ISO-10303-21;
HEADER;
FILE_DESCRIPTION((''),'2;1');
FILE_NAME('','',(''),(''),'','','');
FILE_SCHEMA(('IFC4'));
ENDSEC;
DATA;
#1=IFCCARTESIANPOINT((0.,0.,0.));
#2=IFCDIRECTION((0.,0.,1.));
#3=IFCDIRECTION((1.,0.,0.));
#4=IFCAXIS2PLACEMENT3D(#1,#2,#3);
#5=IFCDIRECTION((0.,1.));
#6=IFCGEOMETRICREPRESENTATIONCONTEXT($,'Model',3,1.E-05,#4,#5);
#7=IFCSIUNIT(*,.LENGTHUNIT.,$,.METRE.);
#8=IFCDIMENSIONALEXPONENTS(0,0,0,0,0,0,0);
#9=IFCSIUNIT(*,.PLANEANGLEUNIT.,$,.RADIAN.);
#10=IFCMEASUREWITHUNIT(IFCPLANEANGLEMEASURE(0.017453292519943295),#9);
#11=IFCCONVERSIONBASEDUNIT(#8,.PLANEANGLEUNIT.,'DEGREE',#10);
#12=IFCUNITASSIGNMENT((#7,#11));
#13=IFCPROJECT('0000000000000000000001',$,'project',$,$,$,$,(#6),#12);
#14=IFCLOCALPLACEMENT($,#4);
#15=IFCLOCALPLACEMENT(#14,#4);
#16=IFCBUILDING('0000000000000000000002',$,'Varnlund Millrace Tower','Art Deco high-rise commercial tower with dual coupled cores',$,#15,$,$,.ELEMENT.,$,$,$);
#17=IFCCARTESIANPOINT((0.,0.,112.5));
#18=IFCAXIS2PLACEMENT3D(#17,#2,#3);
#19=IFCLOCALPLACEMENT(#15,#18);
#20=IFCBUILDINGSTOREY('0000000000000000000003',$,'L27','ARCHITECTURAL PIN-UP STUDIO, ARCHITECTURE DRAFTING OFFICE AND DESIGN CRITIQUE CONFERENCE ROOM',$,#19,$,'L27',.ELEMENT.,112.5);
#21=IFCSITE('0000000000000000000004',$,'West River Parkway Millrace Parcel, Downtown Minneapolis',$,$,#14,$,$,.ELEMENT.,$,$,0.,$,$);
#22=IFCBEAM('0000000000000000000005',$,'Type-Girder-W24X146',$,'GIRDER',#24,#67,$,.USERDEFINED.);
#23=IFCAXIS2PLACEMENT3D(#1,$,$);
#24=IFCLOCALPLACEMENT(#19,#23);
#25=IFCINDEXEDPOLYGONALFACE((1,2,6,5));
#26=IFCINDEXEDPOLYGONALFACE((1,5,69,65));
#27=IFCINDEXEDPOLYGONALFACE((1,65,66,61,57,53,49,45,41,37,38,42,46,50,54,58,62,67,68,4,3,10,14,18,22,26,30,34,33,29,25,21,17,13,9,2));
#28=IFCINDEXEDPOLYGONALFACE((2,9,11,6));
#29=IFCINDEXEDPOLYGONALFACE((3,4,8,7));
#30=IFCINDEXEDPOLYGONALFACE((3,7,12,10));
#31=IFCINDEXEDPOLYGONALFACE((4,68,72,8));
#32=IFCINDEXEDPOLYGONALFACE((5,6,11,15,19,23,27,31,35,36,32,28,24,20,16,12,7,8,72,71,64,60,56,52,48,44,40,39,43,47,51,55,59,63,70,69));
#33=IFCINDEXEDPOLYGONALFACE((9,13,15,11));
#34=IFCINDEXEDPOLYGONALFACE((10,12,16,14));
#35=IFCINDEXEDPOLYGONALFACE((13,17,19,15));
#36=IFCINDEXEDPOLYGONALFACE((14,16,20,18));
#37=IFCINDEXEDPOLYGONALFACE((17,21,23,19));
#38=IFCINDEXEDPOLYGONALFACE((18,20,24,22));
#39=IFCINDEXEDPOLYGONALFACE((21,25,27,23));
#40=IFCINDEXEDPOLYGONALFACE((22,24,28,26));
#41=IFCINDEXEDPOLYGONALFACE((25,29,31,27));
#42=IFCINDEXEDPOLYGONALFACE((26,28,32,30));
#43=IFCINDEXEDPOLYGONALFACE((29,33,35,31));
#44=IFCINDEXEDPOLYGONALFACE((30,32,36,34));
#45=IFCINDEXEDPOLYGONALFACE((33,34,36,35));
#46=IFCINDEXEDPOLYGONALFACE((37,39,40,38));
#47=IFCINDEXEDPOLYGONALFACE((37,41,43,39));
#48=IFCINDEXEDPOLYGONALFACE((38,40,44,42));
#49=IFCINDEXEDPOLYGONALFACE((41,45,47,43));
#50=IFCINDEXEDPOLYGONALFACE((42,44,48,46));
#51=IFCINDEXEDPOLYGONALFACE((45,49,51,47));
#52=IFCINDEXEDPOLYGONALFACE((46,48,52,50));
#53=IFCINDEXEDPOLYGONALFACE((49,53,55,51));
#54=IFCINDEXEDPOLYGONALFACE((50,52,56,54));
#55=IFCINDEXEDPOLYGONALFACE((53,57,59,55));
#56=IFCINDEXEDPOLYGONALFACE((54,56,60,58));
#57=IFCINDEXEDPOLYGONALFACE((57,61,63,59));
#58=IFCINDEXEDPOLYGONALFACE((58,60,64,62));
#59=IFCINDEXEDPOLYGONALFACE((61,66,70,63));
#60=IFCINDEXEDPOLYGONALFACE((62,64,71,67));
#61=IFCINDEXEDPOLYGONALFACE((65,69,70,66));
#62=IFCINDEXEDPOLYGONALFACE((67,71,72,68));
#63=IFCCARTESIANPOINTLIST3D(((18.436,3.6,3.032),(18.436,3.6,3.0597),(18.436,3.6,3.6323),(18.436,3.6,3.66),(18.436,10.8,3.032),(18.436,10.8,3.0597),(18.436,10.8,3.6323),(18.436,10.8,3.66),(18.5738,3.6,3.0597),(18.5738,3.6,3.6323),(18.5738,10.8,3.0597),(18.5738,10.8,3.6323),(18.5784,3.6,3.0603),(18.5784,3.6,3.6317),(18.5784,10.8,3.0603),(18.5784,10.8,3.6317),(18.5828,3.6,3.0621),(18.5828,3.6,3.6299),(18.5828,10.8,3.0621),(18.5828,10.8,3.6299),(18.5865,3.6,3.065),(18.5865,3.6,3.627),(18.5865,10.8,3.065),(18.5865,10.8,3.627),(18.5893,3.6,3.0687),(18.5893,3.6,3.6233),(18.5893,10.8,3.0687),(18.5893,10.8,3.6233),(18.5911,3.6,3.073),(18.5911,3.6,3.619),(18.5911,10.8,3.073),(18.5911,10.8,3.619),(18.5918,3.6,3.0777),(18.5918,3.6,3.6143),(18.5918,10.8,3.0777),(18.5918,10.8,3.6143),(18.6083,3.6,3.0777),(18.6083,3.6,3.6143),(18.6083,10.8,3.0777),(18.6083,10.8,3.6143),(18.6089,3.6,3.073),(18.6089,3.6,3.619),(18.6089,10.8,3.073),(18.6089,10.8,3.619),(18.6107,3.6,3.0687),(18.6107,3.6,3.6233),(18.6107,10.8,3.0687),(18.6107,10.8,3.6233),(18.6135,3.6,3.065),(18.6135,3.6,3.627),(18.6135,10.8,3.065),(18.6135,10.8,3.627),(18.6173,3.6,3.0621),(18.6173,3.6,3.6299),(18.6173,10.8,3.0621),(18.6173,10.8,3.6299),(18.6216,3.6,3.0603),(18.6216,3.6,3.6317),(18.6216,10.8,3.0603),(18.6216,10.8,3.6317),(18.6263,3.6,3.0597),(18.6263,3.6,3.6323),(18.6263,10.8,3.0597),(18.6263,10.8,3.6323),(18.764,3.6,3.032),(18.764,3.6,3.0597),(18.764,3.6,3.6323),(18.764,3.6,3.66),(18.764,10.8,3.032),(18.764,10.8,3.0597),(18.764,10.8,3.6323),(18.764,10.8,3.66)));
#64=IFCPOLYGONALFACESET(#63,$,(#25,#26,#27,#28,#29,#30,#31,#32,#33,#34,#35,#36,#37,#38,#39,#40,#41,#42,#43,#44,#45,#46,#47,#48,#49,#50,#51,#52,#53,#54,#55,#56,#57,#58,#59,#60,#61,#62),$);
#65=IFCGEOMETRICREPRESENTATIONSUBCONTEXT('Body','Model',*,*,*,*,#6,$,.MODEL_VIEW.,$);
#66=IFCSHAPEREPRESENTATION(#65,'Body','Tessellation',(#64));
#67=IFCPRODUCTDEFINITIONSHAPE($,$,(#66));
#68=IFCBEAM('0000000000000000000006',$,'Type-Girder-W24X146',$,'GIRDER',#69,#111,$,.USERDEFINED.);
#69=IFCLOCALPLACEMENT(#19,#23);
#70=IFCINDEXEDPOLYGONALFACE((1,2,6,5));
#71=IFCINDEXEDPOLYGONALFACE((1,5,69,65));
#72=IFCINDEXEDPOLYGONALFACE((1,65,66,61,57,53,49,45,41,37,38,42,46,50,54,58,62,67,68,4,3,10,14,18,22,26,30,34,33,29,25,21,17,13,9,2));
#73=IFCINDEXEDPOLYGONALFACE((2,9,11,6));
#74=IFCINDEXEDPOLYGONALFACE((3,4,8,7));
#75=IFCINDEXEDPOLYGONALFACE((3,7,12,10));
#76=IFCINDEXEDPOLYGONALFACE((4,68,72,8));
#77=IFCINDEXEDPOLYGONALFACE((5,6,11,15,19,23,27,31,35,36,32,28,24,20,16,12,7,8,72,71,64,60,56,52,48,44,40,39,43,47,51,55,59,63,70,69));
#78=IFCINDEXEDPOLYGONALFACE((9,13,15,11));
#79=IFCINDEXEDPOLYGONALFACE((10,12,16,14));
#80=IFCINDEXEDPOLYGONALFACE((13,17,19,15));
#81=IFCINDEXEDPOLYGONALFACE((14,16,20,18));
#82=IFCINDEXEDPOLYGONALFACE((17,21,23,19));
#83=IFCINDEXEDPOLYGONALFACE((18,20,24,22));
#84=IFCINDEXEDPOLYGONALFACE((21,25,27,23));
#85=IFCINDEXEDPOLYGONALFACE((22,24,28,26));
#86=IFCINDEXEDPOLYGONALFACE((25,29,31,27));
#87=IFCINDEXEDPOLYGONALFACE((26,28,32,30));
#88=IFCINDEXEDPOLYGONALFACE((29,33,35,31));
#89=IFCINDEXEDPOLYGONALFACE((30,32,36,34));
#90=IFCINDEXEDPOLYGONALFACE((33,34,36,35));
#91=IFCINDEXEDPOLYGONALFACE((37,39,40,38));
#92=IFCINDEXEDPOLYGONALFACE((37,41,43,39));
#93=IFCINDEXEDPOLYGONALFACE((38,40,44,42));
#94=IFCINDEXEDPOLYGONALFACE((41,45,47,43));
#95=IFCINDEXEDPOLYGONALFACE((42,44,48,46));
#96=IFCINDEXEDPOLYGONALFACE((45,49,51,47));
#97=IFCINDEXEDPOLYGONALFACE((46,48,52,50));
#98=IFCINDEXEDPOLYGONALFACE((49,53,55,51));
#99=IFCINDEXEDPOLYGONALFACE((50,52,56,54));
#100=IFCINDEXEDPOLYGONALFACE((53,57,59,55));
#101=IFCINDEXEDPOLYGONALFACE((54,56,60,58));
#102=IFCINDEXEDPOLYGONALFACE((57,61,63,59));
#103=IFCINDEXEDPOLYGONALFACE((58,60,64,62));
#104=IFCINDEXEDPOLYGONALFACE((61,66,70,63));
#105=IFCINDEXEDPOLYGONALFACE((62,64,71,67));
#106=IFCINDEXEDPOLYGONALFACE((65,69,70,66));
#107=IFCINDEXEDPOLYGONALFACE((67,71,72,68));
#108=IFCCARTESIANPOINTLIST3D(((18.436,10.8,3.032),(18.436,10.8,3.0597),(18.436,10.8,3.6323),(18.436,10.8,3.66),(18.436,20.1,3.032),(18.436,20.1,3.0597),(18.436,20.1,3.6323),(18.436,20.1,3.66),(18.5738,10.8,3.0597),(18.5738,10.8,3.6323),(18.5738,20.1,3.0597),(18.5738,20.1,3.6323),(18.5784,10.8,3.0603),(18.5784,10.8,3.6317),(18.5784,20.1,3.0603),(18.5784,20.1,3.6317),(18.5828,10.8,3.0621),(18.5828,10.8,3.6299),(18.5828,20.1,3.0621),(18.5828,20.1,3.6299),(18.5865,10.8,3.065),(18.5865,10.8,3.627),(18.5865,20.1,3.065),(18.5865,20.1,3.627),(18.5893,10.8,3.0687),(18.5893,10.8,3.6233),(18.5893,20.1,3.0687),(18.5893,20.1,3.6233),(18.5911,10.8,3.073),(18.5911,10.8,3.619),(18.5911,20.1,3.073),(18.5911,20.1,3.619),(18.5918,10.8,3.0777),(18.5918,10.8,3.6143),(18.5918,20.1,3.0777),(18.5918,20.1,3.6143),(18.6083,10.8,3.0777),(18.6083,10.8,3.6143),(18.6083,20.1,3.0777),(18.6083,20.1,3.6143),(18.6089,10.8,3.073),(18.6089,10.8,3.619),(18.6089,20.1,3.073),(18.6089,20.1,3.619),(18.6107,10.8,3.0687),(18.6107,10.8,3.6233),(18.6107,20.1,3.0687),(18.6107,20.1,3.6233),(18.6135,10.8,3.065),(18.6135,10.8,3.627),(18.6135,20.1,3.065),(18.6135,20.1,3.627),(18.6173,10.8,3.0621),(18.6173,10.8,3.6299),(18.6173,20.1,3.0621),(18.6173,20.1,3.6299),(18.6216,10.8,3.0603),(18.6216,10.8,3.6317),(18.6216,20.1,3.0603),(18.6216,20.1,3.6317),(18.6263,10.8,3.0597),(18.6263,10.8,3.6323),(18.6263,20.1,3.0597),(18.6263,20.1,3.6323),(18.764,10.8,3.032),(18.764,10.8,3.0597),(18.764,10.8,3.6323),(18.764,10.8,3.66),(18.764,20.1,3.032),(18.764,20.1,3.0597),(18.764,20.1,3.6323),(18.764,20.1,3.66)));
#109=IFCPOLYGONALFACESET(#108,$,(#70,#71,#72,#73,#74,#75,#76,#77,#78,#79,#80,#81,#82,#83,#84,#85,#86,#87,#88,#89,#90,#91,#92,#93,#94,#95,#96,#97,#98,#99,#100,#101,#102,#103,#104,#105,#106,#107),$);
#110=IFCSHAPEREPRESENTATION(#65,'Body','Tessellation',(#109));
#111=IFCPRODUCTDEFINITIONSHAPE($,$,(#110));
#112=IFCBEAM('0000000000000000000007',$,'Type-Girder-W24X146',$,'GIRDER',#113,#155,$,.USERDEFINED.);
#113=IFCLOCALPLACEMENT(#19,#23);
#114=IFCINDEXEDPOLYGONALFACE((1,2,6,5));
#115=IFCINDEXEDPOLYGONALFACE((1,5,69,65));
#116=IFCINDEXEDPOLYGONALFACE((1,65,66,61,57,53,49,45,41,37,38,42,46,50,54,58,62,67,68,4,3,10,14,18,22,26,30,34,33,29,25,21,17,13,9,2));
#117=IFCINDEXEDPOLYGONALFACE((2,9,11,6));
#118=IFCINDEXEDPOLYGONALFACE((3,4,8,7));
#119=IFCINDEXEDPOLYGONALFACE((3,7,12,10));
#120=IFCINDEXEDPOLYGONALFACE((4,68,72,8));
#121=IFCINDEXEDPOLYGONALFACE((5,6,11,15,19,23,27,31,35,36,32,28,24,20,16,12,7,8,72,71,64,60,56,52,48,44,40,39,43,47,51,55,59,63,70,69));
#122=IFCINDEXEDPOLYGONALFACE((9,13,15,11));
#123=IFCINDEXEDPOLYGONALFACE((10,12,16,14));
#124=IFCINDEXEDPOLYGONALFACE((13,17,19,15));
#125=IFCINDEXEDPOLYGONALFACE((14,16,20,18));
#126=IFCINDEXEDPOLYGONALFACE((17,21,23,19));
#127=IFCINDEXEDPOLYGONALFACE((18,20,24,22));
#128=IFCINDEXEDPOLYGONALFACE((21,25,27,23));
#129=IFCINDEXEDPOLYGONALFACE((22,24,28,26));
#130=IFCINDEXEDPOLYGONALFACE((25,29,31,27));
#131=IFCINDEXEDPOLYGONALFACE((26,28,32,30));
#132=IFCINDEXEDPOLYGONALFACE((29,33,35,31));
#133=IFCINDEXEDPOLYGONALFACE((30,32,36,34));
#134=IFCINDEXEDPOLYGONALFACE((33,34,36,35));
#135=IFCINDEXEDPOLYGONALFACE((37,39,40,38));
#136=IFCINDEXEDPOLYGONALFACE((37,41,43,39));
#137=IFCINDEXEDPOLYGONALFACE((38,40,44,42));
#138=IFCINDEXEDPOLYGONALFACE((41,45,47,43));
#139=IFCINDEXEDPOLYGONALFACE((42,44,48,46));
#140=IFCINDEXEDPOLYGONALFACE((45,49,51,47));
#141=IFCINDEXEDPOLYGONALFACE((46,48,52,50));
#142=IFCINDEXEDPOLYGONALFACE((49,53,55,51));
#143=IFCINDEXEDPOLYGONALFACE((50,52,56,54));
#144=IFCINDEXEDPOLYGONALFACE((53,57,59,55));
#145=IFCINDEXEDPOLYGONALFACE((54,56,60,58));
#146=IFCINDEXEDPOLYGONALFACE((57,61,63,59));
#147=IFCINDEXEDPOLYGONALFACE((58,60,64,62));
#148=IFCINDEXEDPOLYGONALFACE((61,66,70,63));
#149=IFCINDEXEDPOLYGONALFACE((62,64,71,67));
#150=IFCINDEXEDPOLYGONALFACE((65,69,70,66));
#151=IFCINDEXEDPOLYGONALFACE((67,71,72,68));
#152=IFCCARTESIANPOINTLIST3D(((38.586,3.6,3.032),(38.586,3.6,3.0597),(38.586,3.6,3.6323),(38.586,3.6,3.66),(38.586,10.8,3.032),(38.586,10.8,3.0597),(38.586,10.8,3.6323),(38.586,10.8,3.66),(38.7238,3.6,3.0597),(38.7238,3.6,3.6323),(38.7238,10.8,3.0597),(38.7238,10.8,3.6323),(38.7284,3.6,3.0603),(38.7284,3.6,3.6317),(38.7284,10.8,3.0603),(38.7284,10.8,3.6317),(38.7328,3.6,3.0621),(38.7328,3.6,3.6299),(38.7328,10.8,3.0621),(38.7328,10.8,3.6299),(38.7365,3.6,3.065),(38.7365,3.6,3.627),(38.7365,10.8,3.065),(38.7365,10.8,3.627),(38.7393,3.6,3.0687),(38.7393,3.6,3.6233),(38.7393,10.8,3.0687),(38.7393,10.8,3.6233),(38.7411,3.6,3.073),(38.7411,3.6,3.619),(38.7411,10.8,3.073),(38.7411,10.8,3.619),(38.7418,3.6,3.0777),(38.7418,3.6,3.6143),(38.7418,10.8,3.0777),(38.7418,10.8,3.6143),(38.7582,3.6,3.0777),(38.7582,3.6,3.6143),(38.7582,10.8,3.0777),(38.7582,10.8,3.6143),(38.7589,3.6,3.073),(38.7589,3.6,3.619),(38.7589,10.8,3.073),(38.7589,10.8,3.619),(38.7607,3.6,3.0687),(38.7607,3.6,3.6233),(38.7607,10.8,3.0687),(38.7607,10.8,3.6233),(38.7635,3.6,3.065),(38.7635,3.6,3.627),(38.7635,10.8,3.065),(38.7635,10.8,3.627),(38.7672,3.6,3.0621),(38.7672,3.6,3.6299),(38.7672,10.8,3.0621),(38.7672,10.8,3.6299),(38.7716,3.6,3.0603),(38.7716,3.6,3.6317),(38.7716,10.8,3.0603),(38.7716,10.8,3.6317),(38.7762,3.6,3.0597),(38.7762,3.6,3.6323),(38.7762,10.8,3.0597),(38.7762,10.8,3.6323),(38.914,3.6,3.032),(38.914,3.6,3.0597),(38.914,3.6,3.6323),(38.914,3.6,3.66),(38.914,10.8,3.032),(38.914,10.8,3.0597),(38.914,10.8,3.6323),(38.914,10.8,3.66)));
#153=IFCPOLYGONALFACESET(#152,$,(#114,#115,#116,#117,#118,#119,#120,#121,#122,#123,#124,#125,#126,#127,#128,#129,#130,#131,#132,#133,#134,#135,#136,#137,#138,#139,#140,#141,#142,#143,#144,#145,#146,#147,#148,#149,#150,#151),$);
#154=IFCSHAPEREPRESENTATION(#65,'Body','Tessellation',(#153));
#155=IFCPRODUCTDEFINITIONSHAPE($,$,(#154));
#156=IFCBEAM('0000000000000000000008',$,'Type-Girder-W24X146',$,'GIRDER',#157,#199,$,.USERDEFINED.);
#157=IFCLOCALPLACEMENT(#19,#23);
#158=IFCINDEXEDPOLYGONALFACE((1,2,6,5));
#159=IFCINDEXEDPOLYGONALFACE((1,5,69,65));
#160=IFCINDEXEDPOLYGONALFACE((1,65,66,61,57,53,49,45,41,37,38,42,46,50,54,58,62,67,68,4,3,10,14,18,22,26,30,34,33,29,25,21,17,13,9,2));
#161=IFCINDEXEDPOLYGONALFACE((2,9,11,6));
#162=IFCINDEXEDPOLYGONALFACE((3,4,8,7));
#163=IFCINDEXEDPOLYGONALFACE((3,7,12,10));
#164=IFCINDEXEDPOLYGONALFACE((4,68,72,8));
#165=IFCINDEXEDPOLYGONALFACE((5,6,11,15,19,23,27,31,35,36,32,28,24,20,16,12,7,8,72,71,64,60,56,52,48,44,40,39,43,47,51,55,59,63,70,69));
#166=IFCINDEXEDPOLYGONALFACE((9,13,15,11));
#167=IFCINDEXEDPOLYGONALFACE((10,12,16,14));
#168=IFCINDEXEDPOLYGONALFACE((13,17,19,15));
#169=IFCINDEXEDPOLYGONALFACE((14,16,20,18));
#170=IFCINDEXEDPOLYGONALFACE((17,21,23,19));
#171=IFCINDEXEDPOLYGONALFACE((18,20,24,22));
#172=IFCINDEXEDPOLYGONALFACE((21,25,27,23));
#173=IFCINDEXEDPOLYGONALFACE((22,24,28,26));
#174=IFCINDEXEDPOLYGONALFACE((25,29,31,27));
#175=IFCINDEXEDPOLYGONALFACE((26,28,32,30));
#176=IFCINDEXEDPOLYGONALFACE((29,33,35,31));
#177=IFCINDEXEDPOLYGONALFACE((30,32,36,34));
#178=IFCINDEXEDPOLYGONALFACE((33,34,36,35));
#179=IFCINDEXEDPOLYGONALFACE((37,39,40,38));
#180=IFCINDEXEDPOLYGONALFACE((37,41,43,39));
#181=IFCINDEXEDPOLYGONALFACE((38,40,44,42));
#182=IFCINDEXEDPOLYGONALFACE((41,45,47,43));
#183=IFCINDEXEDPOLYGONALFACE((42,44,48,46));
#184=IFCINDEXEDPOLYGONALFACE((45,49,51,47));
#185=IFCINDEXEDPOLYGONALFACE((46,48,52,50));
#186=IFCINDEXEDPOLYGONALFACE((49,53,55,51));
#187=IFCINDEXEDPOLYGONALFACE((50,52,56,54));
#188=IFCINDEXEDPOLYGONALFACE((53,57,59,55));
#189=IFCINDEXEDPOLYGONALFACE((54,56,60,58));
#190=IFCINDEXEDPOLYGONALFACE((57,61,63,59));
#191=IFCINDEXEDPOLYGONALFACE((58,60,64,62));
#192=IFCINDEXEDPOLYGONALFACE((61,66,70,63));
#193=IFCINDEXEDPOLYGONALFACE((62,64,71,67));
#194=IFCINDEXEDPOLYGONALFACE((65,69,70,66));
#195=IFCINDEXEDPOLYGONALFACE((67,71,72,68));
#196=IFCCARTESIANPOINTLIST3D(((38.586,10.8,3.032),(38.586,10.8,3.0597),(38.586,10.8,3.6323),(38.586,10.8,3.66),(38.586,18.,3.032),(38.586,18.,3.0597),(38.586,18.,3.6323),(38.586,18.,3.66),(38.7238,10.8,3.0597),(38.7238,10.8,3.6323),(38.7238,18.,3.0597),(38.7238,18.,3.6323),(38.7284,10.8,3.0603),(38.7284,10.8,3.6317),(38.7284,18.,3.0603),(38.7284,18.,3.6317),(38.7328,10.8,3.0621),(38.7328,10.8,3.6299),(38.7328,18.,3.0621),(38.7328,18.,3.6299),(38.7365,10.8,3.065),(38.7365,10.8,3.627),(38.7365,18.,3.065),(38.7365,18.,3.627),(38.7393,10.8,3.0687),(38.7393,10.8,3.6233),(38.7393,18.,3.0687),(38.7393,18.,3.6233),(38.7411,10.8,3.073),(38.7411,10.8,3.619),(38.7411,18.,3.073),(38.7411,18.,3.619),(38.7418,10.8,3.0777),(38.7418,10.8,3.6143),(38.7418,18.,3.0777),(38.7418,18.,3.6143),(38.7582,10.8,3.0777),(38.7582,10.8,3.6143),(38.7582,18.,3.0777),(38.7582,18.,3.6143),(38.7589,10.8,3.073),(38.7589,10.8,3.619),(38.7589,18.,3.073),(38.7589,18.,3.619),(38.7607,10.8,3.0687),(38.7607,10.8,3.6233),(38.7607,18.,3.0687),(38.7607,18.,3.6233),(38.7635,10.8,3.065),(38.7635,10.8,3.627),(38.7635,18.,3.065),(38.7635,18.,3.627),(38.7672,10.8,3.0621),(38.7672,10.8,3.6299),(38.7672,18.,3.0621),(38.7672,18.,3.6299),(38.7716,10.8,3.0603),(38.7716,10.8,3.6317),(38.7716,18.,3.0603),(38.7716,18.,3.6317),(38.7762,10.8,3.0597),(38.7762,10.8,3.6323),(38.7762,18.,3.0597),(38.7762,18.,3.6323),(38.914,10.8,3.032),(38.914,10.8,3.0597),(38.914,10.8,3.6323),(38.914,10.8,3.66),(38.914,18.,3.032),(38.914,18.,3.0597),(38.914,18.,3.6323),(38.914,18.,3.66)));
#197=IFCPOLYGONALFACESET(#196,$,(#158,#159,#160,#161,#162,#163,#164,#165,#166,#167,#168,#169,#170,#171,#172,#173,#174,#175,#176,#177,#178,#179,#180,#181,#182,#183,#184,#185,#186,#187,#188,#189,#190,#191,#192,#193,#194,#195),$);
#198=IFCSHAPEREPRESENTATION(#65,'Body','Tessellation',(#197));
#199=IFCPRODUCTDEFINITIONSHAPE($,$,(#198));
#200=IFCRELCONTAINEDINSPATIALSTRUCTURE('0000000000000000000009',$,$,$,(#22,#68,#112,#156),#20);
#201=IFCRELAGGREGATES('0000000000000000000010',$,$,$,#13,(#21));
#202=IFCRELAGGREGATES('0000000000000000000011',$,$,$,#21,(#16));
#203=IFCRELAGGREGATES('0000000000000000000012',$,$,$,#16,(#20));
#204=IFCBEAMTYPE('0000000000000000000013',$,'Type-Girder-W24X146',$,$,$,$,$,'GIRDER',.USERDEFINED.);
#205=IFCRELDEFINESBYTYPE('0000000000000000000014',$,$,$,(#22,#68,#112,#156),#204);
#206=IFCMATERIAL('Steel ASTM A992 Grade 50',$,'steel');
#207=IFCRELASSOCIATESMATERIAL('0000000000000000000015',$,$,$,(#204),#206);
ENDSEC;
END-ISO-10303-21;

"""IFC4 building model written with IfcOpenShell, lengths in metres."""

from ifc_helpers import new_model, entity, si_unit, converted_unit, direction, frame, origin_with_axes, origin_2d_with_axis, place, context, subcontext, project, spatial, i_section, extrude, material, material_profile, profile_set, type_object, element, save


model = new_model("IFC4")

# Units and contexts
model_context = context("Model", 3, precision=1e-05, world=origin_with_axes(), true_north=direction((0.0, 1.0)))
body_context = subcontext(model_context, "Body", "Model", "MODEL_VIEW")
ifc_project = project(units=[si_unit("LENGTHUNIT", "METRE"), converted_unit("PLANEANGLEUNIT", "DEGREE", entity("IfcPlaneAngleMeasure", 0.017453292519943295), si_unit("PLANEANGLEUNIT", "RADIAN"), dimensions=[0, 0, 0, 0, 0, 0, 0])], contexts=[model_context])

# Site, building, storey
site_placement = place(None, origin_with_axes())
site = spatial("IfcSite", under=ifc_project, at=site_placement, Name="West River Parkway Millrace Parcel, Downtown Minneapolis", CompositionType="ELEMENT", RefElevation=0.0)
building_placement = place(site_placement, origin_with_axes())
building = spatial("IfcBuilding", under=site, at=building_placement, Name="Varnlund Millrace Tower", Description="Art Deco high-rise commercial tower with dual coupled cores", CompositionType="ELEMENT")
storey_placement = place(building_placement, frame((0.0, 0.0, 112.5), z_axis=(0.0, 0.0, 1.0), x_axis=(1.0, 0.0, 0.0)))
storey = spatial("IfcBuildingStorey", under=building, at=storey_placement, Name="L27", Description="ARCHITECTURAL PIN-UP STUDIO, ARCHITECTURE DRAFTING OFFICE AND DESIGN CRITIQUE CONFERENCE ROOM", LongName="L27", CompositionType="ELEMENT", Elevation=112.5)

# Beams
ifc_material_1 = material(Name="Steel ASTM A992 Grade 50", Category="steel")
ifc_material_profile_1 = material_profile(ifc_material_1, i_section(OverallWidth=0.328, OverallDepth=0.628, WebThickness=0.0165, FlangeThickness=0.0277, FilletRadius=0.018, at=origin_2d_with_axis()), Name="Steel ASTM A992 Grade 50")
ifc_profile_set_1 = profile_set([ifc_material_profile_1], Name="Steel ASTM A992 Grade 50")
beam_type_1 = type_object("IfcBeamType", Name="Type-Girder-W24X146", ElementType="GIRDER", PredefinedType="USERDEFINED", material=ifc_profile_set_1)
beam_1_placement = place(storey_placement, frame((18.6, 3.6, 3.346), z_axis=(0.0, 1.0, 0.0), x_axis=(-1.0, 0.0, 0.0)))
element("IfcBeam", 1, at=beam_1_placement, inside=storey, type_object=beam_type_1, Name="Type-Girder-W24X146", ObjectType="GIRDER", PredefinedType="USERDEFINED", context=body_context, shape_type="SweptSolid", body=[
    extrude(i_section(OverallWidth=0.328, OverallDepth=0.628, WebThickness=0.0165, FlangeThickness=0.0277, FilletRadius=0.018, at=origin_2d_with_axis()), origin_with_axes(), (0.0, 0.0, 1.0), 7.2),
])
beam_2_placement = place(storey_placement, frame((18.6, 10.8, 3.346), z_axis=(0.0, 1.0, 0.0), x_axis=(-1.0, 0.0, 0.0)))
element("IfcBeam", 2, at=beam_2_placement, inside=storey, type_object=beam_type_1, Name="Type-Girder-W24X146", ObjectType="GIRDER", PredefinedType="USERDEFINED", context=body_context, shape_type="SweptSolid", body=[
    extrude(i_section(OverallWidth=0.328, OverallDepth=0.628, WebThickness=0.0165, FlangeThickness=0.0277, FilletRadius=0.018, at=origin_2d_with_axis()), origin_with_axes(), (0.0, 0.0, 1.0), 9.3),
])
for number, where, z_axis, x_axis, name in (
    (3, (38.75, 3.6, 3.346), (0.0, 1.0, 0.0), (-1.0, 0.0, 0.0), "Type-Girder-W24X146"),
    (4, (38.75, 10.8, 3.346), (0.0, 1.0, 0.0), (-1.0, 0.0, 0.0), "Type-Girder-W24X146"),
):
    element("IfcBeam", number, at=place(storey_placement, frame(where, z_axis=z_axis, x_axis=x_axis)), inside=storey, type_object=beam_type_1, Name=name, ObjectType="GIRDER", PredefinedType="USERDEFINED", context=body_context, shape_type="SweptSolid", body=[
        extrude(i_section(OverallWidth=0.328, OverallDepth=0.628, WebThickness=0.0165, FlangeThickness=0.0277, FilletRadius=0.018, at=origin_2d_with_axis()), origin_with_axes(), (0.0, 0.0, 1.0), 7.2),
    ])

save(model, "model.ifc")
